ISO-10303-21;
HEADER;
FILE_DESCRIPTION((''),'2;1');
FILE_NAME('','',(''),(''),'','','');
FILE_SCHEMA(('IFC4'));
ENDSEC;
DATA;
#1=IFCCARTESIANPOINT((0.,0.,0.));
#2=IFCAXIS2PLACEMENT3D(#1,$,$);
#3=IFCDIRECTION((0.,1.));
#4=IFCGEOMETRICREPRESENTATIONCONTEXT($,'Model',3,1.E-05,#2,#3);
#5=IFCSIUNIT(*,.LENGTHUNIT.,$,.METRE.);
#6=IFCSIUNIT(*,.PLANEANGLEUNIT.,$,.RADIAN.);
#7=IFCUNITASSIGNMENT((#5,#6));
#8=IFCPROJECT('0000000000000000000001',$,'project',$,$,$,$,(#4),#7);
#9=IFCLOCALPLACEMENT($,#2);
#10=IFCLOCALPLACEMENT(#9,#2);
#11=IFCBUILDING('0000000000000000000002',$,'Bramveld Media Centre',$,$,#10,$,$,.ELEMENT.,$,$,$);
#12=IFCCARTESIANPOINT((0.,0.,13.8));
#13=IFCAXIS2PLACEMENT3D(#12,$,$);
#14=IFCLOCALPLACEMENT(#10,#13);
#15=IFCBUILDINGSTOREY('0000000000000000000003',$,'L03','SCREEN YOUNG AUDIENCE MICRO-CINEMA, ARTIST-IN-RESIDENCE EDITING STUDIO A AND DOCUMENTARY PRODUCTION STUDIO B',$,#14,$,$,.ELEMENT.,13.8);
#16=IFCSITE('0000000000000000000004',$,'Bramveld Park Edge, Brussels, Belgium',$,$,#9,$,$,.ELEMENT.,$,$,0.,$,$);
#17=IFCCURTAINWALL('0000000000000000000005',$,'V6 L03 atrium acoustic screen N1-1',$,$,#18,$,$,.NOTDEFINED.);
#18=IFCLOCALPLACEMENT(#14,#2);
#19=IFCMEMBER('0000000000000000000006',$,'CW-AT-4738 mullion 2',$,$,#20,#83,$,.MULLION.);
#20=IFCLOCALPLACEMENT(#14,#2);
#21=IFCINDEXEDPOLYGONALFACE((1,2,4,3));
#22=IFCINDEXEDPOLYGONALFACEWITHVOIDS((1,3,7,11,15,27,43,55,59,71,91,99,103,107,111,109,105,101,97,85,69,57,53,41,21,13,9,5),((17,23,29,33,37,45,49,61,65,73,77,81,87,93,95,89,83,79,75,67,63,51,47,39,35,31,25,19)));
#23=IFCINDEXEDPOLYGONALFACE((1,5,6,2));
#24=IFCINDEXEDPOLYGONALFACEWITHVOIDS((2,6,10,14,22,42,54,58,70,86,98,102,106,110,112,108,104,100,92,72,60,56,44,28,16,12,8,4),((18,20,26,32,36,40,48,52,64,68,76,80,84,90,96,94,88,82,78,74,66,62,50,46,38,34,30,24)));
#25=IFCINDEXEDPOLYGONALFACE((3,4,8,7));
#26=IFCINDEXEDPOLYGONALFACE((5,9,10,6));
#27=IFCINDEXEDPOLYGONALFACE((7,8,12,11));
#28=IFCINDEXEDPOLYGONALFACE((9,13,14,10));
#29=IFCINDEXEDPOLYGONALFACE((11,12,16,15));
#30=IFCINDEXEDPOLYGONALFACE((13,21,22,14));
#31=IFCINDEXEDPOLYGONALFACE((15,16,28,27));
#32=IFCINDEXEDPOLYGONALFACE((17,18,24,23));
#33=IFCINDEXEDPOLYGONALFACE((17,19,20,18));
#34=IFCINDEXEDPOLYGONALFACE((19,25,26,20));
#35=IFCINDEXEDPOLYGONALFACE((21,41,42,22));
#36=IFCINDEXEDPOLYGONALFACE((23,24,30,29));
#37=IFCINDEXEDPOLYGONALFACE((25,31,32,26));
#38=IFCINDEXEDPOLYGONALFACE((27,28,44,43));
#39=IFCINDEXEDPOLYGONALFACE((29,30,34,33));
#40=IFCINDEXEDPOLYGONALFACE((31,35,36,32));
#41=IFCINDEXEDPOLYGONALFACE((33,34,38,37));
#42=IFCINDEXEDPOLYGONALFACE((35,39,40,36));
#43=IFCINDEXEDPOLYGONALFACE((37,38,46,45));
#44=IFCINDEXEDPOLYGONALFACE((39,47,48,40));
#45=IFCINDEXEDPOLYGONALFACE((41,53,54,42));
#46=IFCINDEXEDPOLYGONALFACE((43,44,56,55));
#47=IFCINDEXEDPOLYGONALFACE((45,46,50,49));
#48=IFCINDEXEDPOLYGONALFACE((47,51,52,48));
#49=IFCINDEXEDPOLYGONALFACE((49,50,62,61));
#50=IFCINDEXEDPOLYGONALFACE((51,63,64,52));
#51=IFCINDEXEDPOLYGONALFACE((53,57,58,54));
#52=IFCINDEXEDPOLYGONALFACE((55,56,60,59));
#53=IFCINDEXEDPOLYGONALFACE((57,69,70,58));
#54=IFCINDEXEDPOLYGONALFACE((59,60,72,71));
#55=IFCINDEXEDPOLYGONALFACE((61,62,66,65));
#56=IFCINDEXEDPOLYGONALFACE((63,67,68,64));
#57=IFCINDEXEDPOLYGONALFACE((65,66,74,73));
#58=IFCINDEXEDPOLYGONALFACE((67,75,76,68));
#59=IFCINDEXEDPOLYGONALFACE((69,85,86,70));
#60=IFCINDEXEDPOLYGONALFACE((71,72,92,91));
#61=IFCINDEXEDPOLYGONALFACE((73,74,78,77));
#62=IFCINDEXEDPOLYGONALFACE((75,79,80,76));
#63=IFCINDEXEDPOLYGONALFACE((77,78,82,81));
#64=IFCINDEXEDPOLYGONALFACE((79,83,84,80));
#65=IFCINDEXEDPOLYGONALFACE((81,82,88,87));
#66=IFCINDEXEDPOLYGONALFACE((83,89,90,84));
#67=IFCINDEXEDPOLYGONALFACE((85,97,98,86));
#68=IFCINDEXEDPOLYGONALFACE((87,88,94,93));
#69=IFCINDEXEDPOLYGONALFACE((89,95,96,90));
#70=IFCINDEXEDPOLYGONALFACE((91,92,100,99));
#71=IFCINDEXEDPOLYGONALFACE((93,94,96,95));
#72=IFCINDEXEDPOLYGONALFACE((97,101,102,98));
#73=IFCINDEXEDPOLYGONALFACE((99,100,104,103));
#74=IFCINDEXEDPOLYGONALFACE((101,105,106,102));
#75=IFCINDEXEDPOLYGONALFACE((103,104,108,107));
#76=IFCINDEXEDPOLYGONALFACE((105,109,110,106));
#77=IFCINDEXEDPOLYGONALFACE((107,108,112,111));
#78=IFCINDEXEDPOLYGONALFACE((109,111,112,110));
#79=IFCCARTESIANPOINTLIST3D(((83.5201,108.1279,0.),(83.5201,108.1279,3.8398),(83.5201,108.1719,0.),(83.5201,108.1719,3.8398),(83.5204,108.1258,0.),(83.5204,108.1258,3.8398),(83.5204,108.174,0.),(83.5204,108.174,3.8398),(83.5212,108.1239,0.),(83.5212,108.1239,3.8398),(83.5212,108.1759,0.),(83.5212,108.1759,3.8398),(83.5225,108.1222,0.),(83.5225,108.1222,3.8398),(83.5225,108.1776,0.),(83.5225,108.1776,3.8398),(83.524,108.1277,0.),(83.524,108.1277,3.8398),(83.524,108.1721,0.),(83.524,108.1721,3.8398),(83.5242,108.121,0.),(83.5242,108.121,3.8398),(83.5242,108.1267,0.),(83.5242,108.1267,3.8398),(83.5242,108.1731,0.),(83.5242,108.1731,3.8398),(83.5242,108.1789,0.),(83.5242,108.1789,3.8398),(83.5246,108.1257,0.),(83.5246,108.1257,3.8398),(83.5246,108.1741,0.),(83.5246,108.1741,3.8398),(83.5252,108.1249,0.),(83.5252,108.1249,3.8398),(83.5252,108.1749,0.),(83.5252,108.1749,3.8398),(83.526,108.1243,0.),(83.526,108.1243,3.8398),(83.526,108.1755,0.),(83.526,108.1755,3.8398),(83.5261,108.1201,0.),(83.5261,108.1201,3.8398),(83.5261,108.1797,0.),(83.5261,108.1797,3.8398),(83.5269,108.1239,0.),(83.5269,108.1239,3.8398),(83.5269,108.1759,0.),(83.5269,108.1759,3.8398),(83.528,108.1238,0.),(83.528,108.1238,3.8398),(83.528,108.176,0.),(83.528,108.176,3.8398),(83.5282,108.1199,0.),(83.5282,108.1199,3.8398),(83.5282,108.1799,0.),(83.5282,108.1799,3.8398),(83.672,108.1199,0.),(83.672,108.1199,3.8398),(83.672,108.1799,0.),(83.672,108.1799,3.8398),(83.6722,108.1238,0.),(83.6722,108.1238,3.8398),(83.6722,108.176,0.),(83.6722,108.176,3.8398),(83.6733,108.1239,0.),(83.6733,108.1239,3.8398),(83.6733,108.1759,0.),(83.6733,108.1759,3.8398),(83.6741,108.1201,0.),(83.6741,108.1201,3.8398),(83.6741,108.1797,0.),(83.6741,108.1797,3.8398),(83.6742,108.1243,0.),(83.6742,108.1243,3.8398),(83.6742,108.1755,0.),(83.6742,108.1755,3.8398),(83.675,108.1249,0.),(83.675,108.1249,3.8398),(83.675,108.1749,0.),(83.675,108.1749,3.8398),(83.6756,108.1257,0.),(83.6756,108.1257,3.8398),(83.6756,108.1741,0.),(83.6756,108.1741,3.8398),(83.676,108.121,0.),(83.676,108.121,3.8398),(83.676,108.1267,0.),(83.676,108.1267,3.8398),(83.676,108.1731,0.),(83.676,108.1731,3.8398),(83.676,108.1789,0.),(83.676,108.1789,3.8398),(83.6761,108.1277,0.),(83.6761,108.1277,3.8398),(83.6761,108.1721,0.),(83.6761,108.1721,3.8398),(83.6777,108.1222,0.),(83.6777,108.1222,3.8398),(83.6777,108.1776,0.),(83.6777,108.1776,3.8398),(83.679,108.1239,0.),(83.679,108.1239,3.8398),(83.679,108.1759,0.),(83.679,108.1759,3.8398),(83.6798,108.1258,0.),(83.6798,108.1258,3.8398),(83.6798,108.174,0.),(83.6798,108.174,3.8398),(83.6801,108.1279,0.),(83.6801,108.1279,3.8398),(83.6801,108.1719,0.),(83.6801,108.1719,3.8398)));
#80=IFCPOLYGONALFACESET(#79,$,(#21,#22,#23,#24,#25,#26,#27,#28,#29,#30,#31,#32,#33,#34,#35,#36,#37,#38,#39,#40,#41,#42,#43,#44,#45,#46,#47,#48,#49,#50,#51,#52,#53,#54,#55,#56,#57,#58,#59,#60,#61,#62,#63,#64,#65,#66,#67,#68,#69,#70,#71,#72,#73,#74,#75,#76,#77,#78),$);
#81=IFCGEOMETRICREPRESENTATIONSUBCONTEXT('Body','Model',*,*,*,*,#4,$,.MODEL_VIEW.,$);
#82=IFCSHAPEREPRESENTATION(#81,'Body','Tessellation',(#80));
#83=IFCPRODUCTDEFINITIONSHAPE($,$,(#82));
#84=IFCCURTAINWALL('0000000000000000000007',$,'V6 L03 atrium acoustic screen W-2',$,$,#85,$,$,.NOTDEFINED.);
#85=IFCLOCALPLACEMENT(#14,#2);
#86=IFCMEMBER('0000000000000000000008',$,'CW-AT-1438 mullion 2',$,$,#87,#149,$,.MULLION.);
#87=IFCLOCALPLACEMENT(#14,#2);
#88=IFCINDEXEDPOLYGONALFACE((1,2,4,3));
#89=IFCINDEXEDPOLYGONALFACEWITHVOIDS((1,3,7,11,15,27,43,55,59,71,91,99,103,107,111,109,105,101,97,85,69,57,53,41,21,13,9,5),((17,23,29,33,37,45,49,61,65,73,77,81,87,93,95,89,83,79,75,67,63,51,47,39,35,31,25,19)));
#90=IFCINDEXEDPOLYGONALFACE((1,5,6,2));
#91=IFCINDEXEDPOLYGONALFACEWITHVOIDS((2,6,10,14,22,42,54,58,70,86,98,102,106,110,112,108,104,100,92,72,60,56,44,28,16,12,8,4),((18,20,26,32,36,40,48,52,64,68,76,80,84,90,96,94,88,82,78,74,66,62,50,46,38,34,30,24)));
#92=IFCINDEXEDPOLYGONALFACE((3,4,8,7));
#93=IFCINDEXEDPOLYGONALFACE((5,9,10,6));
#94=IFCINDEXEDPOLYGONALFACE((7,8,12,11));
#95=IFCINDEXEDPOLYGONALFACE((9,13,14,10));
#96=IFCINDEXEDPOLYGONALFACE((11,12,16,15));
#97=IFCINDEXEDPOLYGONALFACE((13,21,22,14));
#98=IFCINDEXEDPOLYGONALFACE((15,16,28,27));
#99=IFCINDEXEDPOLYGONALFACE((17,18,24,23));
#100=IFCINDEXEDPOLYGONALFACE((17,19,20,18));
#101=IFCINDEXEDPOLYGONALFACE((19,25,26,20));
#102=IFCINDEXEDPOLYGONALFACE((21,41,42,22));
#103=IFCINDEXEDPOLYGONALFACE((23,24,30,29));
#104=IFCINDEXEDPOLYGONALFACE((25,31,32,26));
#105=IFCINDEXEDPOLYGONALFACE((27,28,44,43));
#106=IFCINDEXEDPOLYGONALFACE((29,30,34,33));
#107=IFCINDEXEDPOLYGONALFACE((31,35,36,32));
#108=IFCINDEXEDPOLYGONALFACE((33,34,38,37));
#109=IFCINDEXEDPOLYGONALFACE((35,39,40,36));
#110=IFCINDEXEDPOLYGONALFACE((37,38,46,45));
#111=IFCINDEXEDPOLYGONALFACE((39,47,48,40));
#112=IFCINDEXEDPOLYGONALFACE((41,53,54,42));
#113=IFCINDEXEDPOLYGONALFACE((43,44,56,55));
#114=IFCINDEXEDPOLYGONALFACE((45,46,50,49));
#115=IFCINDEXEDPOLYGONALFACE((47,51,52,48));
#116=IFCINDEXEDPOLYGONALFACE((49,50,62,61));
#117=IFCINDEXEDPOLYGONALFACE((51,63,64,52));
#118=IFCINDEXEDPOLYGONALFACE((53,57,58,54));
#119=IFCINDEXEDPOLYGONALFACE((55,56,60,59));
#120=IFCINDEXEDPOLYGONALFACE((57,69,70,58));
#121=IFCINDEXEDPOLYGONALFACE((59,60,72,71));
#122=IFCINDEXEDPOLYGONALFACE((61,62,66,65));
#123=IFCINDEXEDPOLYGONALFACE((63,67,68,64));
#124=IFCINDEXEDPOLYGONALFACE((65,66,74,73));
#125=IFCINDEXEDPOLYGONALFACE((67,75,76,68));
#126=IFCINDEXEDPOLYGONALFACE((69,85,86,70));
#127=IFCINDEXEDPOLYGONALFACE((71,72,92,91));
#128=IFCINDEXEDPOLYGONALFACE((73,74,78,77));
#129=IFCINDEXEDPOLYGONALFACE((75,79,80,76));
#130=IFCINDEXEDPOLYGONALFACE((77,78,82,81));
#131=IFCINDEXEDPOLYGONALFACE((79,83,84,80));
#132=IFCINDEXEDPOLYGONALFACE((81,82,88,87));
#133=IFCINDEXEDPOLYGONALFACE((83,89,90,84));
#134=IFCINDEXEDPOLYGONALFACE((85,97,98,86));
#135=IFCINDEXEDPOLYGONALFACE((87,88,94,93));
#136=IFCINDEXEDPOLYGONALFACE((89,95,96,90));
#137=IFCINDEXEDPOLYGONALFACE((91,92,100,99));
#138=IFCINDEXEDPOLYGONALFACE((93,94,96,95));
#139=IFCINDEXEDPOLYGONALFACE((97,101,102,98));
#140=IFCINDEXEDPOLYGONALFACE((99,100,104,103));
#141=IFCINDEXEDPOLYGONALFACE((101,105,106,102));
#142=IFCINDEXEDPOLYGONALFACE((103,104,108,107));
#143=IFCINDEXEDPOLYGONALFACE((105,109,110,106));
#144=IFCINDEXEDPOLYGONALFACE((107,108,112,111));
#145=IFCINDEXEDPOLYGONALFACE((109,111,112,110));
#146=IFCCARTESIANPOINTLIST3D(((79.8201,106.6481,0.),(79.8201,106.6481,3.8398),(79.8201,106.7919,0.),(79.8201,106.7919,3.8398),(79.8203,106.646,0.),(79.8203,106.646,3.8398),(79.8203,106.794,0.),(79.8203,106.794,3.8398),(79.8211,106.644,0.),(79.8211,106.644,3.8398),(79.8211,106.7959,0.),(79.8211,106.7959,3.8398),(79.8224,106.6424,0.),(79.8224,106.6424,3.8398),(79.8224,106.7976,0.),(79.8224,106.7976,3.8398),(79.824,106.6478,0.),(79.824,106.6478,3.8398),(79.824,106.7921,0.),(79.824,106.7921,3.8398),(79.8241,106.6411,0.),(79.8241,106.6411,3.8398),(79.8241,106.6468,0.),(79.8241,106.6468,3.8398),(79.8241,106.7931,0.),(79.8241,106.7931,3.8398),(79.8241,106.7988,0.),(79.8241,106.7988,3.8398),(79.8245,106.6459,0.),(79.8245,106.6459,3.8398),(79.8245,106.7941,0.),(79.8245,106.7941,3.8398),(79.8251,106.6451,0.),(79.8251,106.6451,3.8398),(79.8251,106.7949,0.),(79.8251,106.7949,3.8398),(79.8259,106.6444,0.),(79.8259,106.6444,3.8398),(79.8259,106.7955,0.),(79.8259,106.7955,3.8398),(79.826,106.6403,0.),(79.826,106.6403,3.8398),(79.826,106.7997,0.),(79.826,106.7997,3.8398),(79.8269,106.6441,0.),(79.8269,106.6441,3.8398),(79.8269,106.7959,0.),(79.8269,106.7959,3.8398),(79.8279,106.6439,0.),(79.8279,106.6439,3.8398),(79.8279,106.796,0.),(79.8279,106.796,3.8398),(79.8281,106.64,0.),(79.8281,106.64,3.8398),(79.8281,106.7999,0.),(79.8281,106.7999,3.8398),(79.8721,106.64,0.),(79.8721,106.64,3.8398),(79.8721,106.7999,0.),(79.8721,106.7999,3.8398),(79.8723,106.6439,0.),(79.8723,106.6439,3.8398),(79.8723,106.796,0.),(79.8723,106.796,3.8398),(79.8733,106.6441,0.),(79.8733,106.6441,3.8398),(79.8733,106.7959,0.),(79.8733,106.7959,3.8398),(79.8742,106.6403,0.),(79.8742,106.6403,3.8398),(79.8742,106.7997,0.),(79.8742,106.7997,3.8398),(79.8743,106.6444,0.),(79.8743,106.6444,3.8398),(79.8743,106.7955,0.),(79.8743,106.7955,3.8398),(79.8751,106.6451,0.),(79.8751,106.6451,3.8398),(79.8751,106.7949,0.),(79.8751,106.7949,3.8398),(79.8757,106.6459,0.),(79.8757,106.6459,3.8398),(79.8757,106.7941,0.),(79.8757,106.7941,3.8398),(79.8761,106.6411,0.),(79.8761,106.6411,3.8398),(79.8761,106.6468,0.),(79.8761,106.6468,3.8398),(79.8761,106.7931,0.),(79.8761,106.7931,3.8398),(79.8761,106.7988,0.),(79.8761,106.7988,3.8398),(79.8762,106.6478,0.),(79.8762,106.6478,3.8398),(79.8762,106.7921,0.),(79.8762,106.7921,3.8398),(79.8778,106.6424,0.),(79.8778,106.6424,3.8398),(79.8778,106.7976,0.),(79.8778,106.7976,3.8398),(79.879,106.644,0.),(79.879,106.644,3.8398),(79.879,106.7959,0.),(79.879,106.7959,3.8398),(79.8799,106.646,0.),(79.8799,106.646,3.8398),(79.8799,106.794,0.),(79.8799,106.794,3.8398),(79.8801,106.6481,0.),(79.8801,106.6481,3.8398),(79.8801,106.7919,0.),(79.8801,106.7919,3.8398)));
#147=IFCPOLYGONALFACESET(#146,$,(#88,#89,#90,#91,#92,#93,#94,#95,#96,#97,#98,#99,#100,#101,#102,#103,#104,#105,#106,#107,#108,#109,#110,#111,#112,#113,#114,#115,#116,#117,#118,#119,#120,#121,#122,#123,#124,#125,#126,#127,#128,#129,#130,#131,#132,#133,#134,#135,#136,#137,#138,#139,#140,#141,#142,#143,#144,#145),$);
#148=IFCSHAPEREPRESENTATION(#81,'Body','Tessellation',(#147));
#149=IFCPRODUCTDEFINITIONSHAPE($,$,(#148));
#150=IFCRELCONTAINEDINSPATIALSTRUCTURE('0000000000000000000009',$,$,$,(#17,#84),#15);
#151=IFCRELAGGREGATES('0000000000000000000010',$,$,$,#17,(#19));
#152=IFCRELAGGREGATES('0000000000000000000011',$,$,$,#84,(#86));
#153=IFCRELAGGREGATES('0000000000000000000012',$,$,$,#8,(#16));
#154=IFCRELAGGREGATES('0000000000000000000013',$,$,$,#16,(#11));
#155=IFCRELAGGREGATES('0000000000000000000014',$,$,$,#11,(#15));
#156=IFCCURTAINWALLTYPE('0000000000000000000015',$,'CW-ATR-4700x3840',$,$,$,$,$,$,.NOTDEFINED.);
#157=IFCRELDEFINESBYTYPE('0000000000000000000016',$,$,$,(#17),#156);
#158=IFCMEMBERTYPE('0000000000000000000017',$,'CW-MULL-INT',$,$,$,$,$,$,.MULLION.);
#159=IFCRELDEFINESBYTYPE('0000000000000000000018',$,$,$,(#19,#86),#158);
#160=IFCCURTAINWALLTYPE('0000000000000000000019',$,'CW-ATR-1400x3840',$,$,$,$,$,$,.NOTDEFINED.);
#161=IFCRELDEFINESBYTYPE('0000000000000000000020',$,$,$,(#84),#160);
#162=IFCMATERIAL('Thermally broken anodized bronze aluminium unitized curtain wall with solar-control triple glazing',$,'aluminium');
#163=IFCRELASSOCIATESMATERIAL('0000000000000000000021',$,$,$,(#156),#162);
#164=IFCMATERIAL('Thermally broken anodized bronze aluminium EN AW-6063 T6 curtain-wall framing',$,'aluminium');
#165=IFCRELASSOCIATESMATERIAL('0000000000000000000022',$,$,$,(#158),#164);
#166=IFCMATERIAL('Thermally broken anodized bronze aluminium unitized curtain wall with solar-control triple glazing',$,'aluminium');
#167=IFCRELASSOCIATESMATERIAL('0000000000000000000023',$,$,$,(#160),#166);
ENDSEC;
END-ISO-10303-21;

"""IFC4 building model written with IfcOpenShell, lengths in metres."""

from ifc_helpers import new_model, si_unit, direction, frame, origin, origin_2d, place, context, subcontext, project, spatial, hollow_rectangle, extrude, material, material_profile, profile_set, type_object, element, aggregate, save


model = new_model("IFC4")

# Units and contexts
model_context = context("Model", 3, precision=1e-05, world=origin(), true_north=direction((0.0, 1.0)))
body_context = subcontext(model_context, "Body", "Model", "MODEL_VIEW")
ifc_project = project(units=[si_unit("LENGTHUNIT", "METRE"), si_unit("PLANEANGLEUNIT", "RADIAN")], contexts=[model_context])

# Site, building, storey
site_placement = place(None, origin())
site = spatial("IfcSite", under=ifc_project, at=site_placement, Name="Bramveld Park Edge, Brussels, Belgium", CompositionType="ELEMENT", RefElevation=0.0)
building_placement = place(site_placement, origin())
building = spatial("IfcBuilding", under=site, at=building_placement, Name="Bramveld Media Centre", CompositionType="ELEMENT")
storey_placement = place(building_placement, frame((0.0, 0.0, 13.8)))
storey = spatial("IfcBuildingStorey", under=building, at=storey_placement, Name="L03", Description="SCREEN YOUNG AUDIENCE MICRO-CINEMA, ARTIST-IN-RESIDENCE EDITING STUDIO A AND DOCUMENTARY PRODUCTION STUDIO B", CompositionType="ELEMENT", Elevation=13.8)

# Curtain wall, member
ifc_material_1 = material(Name="Thermally broken anodized bronze aluminium unitized curtain wall with solar-control triple glazing", Category="aluminium")
curtain_wall_type_1 = type_object("IfcCurtainWallType", Name="CW-ATR-4700x3840", PredefinedType="NOTDEFINED", material=ifc_material_1)
curtain_wall_1_placement = place(storey_placement, origin())
curtain_wall_1 = element("IfcCurtainWall", 1, at=curtain_wall_1_placement, inside=storey, type_object=curtain_wall_type_1, Name="V6 L03 atrium acoustic screen N1-1", PredefinedType="NOTDEFINED")
ifc_material_2 = material(Name="Thermally broken anodized bronze aluminium EN AW-6063 T6 curtain-wall framing", Category="aluminium")
ifc_material_profile_1 = material_profile(ifc_material_2, hollow_rectangle(XDim=0.0601, YDim=0.1599, WallThickness=0.0039, InnerFilletRadius=0.0039, OuterFilletRadius=0.0081, at=origin_2d()), Name="AL-MULL 60x160")
ifc_profile_set_1 = profile_set([ifc_material_profile_1], Name="Thermally broken anodized bronze aluminium EN AW-6063 T6 curtain-wall framing")
member_type_1 = type_object("IfcMemberType", Name="CW-MULL-INT", PredefinedType="MULLION", material=ifc_profile_set_1)
member_1_placement = place(storey_placement, frame((83.6001, 108.1499, 0.0), z_axis=(0.0, 0.0, 1.0), x_axis=(0.0, 1.0, 0.0)))
member_1 = element("IfcMember", 2, at=member_1_placement, type_object=member_type_1, Name="CW-AT-4738 mullion 2", PredefinedType="MULLION", context=body_context, shape_type="SweptSolid", body=[
    extrude(hollow_rectangle(XDim=0.0601, YDim=0.1599, WallThickness=0.0039, InnerFilletRadius=0.0039, OuterFilletRadius=0.0081, at=origin_2d()), origin(), (0.0, 0.0, 1.0), 3.8398),
])

# Curtain wall, member
ifc_material_3 = material(Name="Thermally broken anodized bronze aluminium unitized curtain wall with solar-control triple glazing", Category="aluminium")
curtain_wall_type_2 = type_object("IfcCurtainWallType", Name="CW-ATR-1400x3840", PredefinedType="NOTDEFINED", material=ifc_material_3)
curtain_wall_2_placement = place(storey_placement, origin())
curtain_wall_2 = element("IfcCurtainWall", 3, at=curtain_wall_2_placement, inside=storey, type_object=curtain_wall_type_2, Name="V6 L03 atrium acoustic screen W-2", PredefinedType="NOTDEFINED")
member_2_placement = place(storey_placement, frame((79.8501, 106.72, 0.0), z_axis=(0.0, 0.0, 1.0), x_axis=(-1.0, 0.0, 0.0)))
member_2 = element("IfcMember", 4, at=member_2_placement, type_object=member_type_1, Name="CW-AT-1438 mullion 2", PredefinedType="MULLION", context=body_context, shape_type="SweptSolid", body=[
    extrude(hollow_rectangle(XDim=0.0601, YDim=0.1599, WallThickness=0.0039, InnerFilletRadius=0.0039, OuterFilletRadius=0.0081, at=origin_2d()), origin(), (0.0, 0.0, 1.0), 3.8398),
])

aggregate(curtain_wall_1, [member_1])
aggregate(curtain_wall_2, [member_2])

save(model, "model.ifc")
